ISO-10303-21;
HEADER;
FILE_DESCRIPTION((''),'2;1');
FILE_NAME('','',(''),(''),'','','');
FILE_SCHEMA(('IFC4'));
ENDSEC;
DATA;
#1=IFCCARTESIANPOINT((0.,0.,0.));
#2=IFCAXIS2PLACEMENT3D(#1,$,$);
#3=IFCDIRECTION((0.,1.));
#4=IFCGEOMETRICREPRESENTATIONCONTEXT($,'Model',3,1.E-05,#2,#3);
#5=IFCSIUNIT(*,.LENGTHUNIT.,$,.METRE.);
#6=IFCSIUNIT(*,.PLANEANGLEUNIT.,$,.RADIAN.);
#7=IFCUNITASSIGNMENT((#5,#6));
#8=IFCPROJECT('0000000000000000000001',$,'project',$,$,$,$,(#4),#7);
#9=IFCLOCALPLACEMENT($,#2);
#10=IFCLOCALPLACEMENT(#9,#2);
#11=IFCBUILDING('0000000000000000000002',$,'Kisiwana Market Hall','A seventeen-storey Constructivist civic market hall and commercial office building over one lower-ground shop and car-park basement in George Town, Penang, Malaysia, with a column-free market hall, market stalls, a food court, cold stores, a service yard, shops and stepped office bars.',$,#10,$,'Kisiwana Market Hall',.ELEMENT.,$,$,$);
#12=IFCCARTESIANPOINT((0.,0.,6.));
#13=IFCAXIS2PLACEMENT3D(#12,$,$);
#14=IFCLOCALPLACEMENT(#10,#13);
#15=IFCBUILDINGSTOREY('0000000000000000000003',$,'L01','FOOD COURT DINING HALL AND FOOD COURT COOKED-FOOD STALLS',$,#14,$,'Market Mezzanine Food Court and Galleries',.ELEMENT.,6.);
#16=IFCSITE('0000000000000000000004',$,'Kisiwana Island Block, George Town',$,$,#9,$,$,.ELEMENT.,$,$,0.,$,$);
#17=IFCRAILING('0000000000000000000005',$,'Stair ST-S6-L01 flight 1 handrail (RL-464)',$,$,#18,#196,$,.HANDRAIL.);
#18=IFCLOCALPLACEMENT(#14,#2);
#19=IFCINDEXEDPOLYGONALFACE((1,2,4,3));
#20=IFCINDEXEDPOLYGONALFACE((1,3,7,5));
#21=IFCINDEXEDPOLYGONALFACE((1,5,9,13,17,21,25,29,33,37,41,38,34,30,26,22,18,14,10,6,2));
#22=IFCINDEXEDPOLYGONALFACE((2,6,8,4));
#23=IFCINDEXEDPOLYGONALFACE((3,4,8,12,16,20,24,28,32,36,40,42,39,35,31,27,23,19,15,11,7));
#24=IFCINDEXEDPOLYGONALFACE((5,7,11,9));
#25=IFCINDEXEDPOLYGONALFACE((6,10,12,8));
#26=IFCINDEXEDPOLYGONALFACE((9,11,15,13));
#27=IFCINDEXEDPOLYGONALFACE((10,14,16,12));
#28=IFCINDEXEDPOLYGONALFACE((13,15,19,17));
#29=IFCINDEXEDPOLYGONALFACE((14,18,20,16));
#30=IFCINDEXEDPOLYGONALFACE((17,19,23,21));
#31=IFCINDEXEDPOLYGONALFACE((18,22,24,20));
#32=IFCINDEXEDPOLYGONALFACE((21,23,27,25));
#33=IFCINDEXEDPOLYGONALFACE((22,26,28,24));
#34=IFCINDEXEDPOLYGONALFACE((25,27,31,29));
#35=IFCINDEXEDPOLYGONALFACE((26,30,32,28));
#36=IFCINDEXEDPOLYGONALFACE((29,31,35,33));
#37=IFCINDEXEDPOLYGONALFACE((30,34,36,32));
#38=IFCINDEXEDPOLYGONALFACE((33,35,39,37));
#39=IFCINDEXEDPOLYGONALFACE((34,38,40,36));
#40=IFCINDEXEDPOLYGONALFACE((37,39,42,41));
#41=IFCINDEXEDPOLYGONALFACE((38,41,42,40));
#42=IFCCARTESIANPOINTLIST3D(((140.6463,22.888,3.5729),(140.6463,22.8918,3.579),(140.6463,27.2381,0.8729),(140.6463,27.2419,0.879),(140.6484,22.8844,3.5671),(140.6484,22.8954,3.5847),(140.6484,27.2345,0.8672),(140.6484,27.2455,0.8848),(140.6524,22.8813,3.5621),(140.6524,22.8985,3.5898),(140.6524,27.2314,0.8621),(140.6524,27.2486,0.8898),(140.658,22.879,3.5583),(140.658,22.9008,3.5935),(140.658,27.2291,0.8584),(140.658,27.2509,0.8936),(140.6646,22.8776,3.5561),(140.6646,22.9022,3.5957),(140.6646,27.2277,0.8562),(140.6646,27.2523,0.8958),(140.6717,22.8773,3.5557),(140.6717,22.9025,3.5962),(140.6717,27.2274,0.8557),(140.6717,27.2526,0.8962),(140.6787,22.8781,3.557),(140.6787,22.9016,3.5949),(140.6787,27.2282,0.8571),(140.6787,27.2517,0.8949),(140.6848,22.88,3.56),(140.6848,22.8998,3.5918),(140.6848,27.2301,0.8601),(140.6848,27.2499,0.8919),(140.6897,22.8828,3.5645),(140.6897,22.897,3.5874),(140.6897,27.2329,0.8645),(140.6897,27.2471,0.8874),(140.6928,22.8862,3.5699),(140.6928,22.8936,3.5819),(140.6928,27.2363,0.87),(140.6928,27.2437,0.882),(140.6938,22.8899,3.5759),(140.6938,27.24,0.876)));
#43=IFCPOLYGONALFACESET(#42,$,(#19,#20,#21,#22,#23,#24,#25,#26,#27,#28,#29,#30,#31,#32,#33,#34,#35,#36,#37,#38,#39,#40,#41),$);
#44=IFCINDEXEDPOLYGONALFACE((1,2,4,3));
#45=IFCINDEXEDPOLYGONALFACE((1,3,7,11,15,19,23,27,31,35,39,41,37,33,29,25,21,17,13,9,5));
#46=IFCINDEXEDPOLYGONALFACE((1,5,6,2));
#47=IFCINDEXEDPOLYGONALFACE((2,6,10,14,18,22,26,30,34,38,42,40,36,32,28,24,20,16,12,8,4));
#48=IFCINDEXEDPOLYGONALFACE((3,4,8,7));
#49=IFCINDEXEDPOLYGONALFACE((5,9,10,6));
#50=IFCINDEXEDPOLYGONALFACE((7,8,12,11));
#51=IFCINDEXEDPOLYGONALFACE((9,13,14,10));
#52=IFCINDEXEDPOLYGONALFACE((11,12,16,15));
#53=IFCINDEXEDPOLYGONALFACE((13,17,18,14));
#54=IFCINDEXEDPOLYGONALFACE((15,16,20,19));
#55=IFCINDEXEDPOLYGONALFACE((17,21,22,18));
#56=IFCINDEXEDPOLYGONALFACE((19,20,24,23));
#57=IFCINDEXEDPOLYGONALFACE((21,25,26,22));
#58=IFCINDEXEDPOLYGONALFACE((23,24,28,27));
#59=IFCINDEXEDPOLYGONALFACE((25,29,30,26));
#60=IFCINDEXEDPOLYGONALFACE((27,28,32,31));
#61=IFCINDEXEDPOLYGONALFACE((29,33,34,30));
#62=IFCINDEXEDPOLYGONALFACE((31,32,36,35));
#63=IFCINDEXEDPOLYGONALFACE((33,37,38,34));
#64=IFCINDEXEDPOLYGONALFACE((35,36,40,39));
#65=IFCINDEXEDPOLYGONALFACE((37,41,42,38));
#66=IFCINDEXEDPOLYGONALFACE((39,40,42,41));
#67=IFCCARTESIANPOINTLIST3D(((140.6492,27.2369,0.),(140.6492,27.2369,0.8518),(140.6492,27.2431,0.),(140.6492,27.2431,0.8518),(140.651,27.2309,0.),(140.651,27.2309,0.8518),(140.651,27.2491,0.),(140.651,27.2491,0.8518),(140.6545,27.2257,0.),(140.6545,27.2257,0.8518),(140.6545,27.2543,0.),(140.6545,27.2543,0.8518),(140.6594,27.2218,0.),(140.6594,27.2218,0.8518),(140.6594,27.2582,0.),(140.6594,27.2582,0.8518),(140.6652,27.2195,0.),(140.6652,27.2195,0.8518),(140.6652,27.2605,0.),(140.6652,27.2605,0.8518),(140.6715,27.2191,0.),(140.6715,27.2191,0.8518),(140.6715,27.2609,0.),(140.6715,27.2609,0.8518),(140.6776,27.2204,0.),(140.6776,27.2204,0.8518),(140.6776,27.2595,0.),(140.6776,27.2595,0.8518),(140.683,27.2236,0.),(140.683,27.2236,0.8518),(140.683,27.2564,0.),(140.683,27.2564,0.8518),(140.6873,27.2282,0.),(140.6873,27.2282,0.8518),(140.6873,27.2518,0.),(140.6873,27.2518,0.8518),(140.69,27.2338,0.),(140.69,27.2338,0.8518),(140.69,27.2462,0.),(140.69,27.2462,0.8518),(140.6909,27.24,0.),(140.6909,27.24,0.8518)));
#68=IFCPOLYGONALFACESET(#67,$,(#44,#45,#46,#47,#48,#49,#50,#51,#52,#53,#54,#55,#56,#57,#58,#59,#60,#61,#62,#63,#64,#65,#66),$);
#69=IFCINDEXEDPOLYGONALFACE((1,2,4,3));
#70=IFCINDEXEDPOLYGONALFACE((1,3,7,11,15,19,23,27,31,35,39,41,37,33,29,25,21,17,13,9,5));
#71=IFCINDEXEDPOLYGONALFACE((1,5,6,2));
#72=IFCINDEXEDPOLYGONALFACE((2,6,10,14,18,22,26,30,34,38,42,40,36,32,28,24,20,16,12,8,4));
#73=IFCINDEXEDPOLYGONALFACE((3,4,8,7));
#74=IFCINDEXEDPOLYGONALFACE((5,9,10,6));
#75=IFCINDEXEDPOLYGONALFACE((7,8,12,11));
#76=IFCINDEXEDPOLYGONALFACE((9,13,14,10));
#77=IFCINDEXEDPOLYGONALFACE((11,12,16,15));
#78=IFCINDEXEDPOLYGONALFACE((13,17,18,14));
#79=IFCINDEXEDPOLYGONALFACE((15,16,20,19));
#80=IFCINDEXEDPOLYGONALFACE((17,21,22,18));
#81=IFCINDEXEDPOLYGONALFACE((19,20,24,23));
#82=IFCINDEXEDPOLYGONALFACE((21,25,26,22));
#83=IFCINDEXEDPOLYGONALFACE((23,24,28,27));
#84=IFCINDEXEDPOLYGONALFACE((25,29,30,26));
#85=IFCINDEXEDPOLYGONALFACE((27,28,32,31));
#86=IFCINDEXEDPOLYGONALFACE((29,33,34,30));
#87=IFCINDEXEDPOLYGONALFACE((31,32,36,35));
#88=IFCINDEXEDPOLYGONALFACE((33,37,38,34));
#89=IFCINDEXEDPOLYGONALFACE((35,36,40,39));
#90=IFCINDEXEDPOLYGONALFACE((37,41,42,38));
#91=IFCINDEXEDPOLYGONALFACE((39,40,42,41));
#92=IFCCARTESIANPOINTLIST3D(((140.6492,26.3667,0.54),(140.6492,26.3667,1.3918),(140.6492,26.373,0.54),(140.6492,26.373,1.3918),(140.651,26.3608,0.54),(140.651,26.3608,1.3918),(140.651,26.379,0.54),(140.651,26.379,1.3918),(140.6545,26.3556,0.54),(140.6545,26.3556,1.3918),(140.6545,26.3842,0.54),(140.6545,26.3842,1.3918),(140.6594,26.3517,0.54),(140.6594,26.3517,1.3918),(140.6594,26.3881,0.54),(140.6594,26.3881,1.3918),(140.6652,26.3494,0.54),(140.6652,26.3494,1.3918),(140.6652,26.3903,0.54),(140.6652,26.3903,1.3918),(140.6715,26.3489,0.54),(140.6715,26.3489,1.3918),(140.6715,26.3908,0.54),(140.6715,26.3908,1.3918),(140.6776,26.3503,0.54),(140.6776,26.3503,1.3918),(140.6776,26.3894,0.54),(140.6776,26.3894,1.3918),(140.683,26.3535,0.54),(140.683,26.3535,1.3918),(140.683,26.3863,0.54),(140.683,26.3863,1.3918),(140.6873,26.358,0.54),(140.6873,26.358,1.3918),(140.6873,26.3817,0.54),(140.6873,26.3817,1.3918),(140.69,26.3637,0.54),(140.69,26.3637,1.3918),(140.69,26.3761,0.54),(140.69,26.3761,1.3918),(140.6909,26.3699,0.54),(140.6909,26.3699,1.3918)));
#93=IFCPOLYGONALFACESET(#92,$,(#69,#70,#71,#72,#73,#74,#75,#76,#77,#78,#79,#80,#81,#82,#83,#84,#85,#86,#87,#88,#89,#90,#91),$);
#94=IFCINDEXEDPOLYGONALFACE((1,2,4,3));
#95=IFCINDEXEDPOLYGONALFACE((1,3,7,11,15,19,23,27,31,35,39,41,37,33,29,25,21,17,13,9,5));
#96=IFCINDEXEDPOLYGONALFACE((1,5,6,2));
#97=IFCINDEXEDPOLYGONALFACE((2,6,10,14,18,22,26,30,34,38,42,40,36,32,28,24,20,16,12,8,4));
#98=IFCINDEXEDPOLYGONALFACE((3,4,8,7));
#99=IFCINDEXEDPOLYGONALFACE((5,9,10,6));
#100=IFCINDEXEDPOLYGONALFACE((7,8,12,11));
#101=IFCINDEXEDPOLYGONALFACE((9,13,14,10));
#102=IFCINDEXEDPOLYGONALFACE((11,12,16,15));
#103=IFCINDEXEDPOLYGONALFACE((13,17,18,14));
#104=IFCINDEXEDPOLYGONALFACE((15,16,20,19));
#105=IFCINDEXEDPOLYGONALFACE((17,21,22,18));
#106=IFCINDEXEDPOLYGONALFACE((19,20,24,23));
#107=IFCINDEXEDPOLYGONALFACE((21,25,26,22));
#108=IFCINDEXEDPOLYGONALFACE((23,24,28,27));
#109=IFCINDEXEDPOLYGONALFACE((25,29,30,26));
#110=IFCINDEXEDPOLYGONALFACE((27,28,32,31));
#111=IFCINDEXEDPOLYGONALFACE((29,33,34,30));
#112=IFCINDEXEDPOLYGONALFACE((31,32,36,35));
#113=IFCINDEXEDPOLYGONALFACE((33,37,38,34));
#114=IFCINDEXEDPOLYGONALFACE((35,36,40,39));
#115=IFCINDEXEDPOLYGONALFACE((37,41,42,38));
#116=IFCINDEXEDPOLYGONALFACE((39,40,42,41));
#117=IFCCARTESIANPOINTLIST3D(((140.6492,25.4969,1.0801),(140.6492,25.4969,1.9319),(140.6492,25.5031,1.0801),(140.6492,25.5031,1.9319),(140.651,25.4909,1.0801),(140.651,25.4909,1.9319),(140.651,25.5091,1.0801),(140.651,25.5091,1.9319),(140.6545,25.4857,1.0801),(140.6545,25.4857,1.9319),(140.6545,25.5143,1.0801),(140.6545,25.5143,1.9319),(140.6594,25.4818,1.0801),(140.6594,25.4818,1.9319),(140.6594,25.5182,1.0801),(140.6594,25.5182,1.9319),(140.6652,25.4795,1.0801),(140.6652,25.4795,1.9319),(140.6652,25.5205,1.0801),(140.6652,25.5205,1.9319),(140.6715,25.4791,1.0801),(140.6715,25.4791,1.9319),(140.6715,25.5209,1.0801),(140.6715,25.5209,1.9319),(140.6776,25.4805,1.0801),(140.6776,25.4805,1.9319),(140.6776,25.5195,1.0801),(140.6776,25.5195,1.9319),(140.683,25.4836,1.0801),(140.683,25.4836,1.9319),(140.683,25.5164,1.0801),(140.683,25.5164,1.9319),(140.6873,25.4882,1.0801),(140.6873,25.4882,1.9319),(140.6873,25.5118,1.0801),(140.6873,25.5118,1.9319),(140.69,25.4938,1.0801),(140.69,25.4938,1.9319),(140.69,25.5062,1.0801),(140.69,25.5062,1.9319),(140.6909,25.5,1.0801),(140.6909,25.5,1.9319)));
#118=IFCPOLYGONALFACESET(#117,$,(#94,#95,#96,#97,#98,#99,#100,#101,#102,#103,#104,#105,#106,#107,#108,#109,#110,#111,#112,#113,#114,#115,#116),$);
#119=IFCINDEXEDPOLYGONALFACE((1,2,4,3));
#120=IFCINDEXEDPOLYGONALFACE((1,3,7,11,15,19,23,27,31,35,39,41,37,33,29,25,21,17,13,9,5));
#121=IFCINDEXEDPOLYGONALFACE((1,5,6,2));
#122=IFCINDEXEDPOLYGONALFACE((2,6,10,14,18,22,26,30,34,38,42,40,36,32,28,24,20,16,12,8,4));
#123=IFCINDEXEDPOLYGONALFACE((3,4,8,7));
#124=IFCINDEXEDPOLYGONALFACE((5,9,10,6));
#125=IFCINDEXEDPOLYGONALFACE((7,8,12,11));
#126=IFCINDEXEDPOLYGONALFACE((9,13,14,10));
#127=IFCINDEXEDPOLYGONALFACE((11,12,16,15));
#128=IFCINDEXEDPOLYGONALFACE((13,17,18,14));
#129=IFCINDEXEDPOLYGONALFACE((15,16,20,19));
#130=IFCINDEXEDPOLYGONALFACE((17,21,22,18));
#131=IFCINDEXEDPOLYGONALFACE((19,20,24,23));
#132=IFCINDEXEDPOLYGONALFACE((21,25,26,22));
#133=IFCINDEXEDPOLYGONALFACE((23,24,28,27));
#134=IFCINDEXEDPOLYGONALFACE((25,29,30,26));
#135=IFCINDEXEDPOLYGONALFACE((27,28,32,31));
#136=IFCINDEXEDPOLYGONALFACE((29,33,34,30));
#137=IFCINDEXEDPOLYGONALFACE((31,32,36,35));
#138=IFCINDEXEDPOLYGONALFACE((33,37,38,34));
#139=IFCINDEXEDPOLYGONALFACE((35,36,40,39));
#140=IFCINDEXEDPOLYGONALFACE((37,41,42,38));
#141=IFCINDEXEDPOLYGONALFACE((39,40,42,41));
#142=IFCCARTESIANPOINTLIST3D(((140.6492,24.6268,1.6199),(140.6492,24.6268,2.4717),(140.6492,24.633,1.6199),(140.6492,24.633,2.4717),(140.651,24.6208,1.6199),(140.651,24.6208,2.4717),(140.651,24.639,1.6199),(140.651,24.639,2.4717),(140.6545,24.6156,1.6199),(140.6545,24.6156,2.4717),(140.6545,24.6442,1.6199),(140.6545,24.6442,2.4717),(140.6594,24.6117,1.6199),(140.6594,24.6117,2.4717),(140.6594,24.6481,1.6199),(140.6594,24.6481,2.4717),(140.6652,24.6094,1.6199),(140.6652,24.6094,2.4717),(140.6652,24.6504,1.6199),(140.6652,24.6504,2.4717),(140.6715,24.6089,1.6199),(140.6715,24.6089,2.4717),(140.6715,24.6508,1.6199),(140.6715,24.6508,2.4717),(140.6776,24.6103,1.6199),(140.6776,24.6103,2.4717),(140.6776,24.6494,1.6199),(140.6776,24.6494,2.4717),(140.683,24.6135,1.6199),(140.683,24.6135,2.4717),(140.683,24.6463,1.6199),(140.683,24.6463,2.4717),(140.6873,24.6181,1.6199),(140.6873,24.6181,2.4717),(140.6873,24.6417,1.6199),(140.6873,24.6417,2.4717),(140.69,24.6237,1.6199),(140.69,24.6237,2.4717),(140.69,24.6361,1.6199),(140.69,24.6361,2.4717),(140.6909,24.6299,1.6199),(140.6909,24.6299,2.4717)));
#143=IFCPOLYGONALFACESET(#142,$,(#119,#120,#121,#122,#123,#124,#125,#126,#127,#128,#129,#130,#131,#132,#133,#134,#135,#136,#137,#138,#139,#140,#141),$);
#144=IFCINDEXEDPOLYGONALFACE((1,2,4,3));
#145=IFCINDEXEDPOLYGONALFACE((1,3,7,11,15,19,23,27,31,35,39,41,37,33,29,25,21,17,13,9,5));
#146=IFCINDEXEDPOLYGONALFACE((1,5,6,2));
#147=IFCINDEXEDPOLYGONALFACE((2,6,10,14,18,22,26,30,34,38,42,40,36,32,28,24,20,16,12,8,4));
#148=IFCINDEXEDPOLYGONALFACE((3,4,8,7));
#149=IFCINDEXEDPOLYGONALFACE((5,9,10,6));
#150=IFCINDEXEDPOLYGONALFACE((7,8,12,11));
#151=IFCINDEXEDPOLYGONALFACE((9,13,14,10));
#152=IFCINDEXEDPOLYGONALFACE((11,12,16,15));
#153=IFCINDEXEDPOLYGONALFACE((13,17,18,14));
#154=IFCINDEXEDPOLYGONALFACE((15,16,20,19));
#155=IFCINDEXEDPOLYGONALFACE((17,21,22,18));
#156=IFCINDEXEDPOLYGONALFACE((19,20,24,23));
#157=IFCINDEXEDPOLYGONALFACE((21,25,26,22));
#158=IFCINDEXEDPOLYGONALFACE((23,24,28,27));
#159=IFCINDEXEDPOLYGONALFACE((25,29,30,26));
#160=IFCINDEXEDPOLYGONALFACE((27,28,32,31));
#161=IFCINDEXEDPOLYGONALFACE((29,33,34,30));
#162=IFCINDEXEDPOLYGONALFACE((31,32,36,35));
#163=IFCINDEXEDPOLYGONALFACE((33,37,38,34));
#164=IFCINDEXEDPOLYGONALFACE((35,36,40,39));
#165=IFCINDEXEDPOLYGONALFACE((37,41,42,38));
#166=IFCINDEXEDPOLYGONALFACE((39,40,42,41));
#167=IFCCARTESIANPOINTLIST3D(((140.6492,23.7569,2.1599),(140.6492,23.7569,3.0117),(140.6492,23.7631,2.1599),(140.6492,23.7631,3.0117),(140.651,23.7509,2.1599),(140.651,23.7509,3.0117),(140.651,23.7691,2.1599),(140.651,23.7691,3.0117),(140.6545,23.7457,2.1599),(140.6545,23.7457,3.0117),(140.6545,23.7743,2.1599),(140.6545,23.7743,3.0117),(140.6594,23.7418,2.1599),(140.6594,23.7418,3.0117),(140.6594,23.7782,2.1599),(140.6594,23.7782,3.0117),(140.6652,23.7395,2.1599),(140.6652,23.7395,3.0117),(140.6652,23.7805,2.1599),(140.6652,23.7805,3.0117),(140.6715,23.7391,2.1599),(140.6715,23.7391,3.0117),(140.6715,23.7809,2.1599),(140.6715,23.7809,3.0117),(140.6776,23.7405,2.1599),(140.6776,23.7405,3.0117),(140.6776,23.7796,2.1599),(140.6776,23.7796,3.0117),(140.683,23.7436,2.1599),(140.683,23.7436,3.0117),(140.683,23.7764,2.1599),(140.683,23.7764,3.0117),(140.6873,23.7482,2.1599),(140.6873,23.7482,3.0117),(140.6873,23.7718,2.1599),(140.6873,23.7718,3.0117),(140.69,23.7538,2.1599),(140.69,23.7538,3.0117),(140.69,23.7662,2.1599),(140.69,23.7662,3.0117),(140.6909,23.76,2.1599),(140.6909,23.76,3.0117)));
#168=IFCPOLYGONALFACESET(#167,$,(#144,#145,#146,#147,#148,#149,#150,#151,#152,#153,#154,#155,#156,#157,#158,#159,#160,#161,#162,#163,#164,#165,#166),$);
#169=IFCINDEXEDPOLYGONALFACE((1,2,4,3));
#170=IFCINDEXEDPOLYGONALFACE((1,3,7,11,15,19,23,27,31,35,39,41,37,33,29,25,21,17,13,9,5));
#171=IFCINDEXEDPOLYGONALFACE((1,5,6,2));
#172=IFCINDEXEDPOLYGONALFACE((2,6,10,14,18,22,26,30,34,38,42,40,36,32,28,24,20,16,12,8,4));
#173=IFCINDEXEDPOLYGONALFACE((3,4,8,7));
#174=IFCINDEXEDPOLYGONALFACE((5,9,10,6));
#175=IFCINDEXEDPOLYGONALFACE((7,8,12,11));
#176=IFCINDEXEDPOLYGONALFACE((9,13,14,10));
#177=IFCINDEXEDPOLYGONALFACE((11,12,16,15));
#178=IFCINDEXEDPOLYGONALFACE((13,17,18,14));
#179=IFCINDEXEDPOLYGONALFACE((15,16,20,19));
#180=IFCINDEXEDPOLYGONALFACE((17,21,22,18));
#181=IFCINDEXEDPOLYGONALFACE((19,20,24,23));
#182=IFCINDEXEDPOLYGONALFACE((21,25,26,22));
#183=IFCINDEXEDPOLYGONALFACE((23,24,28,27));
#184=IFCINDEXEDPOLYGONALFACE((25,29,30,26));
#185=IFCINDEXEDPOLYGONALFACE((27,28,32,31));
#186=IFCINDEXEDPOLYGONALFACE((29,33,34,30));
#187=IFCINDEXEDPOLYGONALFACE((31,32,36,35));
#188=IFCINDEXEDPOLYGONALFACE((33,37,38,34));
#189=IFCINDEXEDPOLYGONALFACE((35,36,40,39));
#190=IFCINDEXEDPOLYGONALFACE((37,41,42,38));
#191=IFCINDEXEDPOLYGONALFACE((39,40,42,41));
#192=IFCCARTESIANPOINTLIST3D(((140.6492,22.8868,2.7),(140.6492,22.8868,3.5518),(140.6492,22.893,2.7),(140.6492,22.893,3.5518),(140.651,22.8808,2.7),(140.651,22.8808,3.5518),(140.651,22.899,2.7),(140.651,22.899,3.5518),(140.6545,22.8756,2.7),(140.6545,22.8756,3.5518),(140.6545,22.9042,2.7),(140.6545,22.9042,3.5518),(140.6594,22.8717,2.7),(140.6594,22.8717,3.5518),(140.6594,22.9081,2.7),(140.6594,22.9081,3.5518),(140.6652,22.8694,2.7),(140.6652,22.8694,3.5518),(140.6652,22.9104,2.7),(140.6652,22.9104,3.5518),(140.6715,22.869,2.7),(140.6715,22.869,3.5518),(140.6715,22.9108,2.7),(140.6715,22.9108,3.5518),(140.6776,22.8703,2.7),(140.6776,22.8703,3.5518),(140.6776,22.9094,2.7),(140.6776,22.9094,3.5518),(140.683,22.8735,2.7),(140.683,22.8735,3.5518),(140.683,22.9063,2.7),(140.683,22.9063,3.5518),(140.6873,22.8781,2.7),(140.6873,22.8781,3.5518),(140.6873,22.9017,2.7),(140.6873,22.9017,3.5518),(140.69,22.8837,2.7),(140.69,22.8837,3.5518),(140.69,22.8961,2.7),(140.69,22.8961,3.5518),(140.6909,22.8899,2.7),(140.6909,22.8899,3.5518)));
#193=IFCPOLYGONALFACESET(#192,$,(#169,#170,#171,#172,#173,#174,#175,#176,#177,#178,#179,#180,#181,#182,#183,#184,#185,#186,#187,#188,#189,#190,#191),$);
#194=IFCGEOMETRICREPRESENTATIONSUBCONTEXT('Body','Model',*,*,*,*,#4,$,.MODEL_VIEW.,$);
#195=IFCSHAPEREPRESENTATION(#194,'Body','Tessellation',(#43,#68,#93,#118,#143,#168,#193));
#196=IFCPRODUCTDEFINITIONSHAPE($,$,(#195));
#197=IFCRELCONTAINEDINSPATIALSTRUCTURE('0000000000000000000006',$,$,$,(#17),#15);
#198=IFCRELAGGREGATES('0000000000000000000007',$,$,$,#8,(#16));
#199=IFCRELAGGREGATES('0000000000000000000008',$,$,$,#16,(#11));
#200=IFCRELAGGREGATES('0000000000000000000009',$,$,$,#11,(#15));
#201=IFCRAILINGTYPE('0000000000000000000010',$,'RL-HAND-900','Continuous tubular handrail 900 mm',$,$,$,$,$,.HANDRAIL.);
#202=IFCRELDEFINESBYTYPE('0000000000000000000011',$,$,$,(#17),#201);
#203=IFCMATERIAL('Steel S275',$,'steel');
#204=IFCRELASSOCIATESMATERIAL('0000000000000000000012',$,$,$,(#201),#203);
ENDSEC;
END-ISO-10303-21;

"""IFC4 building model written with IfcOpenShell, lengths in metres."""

from ifc_helpers import new_model, si_unit, direction, frame, origin, origin_2d, place, context, subcontext, project, spatial, circle, extrude, material, type_object, element, save


model = new_model("IFC4")

# Units and contexts
model_context = context("Model", 3, precision=1e-05, world=origin(), true_north=direction((0.0, 1.0)))
body_context = subcontext(model_context, "Body", "Model", "MODEL_VIEW")
ifc_project = project(units=[si_unit("LENGTHUNIT", "METRE"), si_unit("PLANEANGLEUNIT", "RADIAN")], contexts=[model_context])

# Site, building, storey
site_placement = place(None, origin())
site = spatial("IfcSite", under=ifc_project, at=site_placement, Name="Kisiwana Island Block, George Town", CompositionType="ELEMENT", RefElevation=0.0)
building_placement = place(site_placement, origin())
building = spatial("IfcBuilding", under=site, at=building_placement, Name="Kisiwana Market Hall", Description="A seventeen-storey Constructivist civic market hall and commercial office building over one lower-ground shop and car-park basement in George Town, Penang, Malaysia, with a column-free market hall, market stalls, a food court, cold stores, a service yard, shops and stepped office bars.", LongName="Kisiwana Market Hall", CompositionType="ELEMENT")
storey_placement = place(building_placement, frame((0.0, 0.0, 6.0)))
storey = spatial("IfcBuildingStorey", under=building, at=storey_placement, Name="L01", Description="FOOD COURT DINING HALL AND FOOD COURT COOKED-FOOD STALLS", LongName="Market Mezzanine Food Court and Galleries", CompositionType="ELEMENT", Elevation=6.0)

# Railing
ifc_material_1 = material(Name="Steel S275", Category="steel")
railing_type_1 = type_object("IfcRailingType", Name="RL-HAND-900", Description="Continuous tubular handrail 900 mm", PredefinedType="HANDRAIL", material=ifc_material_1)
for number, where, name in (
    (1, (140.6699, 27.24, 0.0), "Stair ST-S6-L01 flight 1 handrail (RL-464)"),
):
    element("IfcRailing", number, at=place(storey_placement, frame(where)), inside=storey, type_object=railing_type_1, Name=name, PredefinedType="HANDRAIL", context=body_context, shape_type="SweptSolid", body=[
        extrude(circle(Radius=0.0239, at=origin_2d()), frame((0.0, 0.0, 0.876), z_axis=(0.0, -0.84965, 0.527347), x_axis=(1.0, 0.0, 0.0)), (0.0, 0.0, 1.0), 5.1199),
        extrude(circle(Radius=0.021, at=origin_2d()), origin(), (0.0, 0.0, 1.0), 0.8518),
        extrude(circle(Radius=0.021, at=origin_2d()), frame((0.0, -0.8701, 0.54)), (0.0, 0.0, 1.0), 0.8518),
        extrude(circle(Radius=0.021, at=origin_2d()), frame((0.0, -1.74, 1.0801)), (0.0, 0.0, 1.0), 0.8518),
        extrude(circle(Radius=0.021, at=origin_2d()), frame((0.0, -2.6101, 1.6199)), (0.0, 0.0, 1.0), 0.8518),
        extrude(circle(Radius=0.021, at=origin_2d()), frame((0.0, -3.48, 2.1599)), (0.0, 0.0, 1.0), 0.8518),
        extrude(circle(Radius=0.021, at=origin_2d()), frame((0.0, -4.3501, 2.7)), (0.0, 0.0, 1.0), 0.8518),
    ])

save(model, "model.ifc")
